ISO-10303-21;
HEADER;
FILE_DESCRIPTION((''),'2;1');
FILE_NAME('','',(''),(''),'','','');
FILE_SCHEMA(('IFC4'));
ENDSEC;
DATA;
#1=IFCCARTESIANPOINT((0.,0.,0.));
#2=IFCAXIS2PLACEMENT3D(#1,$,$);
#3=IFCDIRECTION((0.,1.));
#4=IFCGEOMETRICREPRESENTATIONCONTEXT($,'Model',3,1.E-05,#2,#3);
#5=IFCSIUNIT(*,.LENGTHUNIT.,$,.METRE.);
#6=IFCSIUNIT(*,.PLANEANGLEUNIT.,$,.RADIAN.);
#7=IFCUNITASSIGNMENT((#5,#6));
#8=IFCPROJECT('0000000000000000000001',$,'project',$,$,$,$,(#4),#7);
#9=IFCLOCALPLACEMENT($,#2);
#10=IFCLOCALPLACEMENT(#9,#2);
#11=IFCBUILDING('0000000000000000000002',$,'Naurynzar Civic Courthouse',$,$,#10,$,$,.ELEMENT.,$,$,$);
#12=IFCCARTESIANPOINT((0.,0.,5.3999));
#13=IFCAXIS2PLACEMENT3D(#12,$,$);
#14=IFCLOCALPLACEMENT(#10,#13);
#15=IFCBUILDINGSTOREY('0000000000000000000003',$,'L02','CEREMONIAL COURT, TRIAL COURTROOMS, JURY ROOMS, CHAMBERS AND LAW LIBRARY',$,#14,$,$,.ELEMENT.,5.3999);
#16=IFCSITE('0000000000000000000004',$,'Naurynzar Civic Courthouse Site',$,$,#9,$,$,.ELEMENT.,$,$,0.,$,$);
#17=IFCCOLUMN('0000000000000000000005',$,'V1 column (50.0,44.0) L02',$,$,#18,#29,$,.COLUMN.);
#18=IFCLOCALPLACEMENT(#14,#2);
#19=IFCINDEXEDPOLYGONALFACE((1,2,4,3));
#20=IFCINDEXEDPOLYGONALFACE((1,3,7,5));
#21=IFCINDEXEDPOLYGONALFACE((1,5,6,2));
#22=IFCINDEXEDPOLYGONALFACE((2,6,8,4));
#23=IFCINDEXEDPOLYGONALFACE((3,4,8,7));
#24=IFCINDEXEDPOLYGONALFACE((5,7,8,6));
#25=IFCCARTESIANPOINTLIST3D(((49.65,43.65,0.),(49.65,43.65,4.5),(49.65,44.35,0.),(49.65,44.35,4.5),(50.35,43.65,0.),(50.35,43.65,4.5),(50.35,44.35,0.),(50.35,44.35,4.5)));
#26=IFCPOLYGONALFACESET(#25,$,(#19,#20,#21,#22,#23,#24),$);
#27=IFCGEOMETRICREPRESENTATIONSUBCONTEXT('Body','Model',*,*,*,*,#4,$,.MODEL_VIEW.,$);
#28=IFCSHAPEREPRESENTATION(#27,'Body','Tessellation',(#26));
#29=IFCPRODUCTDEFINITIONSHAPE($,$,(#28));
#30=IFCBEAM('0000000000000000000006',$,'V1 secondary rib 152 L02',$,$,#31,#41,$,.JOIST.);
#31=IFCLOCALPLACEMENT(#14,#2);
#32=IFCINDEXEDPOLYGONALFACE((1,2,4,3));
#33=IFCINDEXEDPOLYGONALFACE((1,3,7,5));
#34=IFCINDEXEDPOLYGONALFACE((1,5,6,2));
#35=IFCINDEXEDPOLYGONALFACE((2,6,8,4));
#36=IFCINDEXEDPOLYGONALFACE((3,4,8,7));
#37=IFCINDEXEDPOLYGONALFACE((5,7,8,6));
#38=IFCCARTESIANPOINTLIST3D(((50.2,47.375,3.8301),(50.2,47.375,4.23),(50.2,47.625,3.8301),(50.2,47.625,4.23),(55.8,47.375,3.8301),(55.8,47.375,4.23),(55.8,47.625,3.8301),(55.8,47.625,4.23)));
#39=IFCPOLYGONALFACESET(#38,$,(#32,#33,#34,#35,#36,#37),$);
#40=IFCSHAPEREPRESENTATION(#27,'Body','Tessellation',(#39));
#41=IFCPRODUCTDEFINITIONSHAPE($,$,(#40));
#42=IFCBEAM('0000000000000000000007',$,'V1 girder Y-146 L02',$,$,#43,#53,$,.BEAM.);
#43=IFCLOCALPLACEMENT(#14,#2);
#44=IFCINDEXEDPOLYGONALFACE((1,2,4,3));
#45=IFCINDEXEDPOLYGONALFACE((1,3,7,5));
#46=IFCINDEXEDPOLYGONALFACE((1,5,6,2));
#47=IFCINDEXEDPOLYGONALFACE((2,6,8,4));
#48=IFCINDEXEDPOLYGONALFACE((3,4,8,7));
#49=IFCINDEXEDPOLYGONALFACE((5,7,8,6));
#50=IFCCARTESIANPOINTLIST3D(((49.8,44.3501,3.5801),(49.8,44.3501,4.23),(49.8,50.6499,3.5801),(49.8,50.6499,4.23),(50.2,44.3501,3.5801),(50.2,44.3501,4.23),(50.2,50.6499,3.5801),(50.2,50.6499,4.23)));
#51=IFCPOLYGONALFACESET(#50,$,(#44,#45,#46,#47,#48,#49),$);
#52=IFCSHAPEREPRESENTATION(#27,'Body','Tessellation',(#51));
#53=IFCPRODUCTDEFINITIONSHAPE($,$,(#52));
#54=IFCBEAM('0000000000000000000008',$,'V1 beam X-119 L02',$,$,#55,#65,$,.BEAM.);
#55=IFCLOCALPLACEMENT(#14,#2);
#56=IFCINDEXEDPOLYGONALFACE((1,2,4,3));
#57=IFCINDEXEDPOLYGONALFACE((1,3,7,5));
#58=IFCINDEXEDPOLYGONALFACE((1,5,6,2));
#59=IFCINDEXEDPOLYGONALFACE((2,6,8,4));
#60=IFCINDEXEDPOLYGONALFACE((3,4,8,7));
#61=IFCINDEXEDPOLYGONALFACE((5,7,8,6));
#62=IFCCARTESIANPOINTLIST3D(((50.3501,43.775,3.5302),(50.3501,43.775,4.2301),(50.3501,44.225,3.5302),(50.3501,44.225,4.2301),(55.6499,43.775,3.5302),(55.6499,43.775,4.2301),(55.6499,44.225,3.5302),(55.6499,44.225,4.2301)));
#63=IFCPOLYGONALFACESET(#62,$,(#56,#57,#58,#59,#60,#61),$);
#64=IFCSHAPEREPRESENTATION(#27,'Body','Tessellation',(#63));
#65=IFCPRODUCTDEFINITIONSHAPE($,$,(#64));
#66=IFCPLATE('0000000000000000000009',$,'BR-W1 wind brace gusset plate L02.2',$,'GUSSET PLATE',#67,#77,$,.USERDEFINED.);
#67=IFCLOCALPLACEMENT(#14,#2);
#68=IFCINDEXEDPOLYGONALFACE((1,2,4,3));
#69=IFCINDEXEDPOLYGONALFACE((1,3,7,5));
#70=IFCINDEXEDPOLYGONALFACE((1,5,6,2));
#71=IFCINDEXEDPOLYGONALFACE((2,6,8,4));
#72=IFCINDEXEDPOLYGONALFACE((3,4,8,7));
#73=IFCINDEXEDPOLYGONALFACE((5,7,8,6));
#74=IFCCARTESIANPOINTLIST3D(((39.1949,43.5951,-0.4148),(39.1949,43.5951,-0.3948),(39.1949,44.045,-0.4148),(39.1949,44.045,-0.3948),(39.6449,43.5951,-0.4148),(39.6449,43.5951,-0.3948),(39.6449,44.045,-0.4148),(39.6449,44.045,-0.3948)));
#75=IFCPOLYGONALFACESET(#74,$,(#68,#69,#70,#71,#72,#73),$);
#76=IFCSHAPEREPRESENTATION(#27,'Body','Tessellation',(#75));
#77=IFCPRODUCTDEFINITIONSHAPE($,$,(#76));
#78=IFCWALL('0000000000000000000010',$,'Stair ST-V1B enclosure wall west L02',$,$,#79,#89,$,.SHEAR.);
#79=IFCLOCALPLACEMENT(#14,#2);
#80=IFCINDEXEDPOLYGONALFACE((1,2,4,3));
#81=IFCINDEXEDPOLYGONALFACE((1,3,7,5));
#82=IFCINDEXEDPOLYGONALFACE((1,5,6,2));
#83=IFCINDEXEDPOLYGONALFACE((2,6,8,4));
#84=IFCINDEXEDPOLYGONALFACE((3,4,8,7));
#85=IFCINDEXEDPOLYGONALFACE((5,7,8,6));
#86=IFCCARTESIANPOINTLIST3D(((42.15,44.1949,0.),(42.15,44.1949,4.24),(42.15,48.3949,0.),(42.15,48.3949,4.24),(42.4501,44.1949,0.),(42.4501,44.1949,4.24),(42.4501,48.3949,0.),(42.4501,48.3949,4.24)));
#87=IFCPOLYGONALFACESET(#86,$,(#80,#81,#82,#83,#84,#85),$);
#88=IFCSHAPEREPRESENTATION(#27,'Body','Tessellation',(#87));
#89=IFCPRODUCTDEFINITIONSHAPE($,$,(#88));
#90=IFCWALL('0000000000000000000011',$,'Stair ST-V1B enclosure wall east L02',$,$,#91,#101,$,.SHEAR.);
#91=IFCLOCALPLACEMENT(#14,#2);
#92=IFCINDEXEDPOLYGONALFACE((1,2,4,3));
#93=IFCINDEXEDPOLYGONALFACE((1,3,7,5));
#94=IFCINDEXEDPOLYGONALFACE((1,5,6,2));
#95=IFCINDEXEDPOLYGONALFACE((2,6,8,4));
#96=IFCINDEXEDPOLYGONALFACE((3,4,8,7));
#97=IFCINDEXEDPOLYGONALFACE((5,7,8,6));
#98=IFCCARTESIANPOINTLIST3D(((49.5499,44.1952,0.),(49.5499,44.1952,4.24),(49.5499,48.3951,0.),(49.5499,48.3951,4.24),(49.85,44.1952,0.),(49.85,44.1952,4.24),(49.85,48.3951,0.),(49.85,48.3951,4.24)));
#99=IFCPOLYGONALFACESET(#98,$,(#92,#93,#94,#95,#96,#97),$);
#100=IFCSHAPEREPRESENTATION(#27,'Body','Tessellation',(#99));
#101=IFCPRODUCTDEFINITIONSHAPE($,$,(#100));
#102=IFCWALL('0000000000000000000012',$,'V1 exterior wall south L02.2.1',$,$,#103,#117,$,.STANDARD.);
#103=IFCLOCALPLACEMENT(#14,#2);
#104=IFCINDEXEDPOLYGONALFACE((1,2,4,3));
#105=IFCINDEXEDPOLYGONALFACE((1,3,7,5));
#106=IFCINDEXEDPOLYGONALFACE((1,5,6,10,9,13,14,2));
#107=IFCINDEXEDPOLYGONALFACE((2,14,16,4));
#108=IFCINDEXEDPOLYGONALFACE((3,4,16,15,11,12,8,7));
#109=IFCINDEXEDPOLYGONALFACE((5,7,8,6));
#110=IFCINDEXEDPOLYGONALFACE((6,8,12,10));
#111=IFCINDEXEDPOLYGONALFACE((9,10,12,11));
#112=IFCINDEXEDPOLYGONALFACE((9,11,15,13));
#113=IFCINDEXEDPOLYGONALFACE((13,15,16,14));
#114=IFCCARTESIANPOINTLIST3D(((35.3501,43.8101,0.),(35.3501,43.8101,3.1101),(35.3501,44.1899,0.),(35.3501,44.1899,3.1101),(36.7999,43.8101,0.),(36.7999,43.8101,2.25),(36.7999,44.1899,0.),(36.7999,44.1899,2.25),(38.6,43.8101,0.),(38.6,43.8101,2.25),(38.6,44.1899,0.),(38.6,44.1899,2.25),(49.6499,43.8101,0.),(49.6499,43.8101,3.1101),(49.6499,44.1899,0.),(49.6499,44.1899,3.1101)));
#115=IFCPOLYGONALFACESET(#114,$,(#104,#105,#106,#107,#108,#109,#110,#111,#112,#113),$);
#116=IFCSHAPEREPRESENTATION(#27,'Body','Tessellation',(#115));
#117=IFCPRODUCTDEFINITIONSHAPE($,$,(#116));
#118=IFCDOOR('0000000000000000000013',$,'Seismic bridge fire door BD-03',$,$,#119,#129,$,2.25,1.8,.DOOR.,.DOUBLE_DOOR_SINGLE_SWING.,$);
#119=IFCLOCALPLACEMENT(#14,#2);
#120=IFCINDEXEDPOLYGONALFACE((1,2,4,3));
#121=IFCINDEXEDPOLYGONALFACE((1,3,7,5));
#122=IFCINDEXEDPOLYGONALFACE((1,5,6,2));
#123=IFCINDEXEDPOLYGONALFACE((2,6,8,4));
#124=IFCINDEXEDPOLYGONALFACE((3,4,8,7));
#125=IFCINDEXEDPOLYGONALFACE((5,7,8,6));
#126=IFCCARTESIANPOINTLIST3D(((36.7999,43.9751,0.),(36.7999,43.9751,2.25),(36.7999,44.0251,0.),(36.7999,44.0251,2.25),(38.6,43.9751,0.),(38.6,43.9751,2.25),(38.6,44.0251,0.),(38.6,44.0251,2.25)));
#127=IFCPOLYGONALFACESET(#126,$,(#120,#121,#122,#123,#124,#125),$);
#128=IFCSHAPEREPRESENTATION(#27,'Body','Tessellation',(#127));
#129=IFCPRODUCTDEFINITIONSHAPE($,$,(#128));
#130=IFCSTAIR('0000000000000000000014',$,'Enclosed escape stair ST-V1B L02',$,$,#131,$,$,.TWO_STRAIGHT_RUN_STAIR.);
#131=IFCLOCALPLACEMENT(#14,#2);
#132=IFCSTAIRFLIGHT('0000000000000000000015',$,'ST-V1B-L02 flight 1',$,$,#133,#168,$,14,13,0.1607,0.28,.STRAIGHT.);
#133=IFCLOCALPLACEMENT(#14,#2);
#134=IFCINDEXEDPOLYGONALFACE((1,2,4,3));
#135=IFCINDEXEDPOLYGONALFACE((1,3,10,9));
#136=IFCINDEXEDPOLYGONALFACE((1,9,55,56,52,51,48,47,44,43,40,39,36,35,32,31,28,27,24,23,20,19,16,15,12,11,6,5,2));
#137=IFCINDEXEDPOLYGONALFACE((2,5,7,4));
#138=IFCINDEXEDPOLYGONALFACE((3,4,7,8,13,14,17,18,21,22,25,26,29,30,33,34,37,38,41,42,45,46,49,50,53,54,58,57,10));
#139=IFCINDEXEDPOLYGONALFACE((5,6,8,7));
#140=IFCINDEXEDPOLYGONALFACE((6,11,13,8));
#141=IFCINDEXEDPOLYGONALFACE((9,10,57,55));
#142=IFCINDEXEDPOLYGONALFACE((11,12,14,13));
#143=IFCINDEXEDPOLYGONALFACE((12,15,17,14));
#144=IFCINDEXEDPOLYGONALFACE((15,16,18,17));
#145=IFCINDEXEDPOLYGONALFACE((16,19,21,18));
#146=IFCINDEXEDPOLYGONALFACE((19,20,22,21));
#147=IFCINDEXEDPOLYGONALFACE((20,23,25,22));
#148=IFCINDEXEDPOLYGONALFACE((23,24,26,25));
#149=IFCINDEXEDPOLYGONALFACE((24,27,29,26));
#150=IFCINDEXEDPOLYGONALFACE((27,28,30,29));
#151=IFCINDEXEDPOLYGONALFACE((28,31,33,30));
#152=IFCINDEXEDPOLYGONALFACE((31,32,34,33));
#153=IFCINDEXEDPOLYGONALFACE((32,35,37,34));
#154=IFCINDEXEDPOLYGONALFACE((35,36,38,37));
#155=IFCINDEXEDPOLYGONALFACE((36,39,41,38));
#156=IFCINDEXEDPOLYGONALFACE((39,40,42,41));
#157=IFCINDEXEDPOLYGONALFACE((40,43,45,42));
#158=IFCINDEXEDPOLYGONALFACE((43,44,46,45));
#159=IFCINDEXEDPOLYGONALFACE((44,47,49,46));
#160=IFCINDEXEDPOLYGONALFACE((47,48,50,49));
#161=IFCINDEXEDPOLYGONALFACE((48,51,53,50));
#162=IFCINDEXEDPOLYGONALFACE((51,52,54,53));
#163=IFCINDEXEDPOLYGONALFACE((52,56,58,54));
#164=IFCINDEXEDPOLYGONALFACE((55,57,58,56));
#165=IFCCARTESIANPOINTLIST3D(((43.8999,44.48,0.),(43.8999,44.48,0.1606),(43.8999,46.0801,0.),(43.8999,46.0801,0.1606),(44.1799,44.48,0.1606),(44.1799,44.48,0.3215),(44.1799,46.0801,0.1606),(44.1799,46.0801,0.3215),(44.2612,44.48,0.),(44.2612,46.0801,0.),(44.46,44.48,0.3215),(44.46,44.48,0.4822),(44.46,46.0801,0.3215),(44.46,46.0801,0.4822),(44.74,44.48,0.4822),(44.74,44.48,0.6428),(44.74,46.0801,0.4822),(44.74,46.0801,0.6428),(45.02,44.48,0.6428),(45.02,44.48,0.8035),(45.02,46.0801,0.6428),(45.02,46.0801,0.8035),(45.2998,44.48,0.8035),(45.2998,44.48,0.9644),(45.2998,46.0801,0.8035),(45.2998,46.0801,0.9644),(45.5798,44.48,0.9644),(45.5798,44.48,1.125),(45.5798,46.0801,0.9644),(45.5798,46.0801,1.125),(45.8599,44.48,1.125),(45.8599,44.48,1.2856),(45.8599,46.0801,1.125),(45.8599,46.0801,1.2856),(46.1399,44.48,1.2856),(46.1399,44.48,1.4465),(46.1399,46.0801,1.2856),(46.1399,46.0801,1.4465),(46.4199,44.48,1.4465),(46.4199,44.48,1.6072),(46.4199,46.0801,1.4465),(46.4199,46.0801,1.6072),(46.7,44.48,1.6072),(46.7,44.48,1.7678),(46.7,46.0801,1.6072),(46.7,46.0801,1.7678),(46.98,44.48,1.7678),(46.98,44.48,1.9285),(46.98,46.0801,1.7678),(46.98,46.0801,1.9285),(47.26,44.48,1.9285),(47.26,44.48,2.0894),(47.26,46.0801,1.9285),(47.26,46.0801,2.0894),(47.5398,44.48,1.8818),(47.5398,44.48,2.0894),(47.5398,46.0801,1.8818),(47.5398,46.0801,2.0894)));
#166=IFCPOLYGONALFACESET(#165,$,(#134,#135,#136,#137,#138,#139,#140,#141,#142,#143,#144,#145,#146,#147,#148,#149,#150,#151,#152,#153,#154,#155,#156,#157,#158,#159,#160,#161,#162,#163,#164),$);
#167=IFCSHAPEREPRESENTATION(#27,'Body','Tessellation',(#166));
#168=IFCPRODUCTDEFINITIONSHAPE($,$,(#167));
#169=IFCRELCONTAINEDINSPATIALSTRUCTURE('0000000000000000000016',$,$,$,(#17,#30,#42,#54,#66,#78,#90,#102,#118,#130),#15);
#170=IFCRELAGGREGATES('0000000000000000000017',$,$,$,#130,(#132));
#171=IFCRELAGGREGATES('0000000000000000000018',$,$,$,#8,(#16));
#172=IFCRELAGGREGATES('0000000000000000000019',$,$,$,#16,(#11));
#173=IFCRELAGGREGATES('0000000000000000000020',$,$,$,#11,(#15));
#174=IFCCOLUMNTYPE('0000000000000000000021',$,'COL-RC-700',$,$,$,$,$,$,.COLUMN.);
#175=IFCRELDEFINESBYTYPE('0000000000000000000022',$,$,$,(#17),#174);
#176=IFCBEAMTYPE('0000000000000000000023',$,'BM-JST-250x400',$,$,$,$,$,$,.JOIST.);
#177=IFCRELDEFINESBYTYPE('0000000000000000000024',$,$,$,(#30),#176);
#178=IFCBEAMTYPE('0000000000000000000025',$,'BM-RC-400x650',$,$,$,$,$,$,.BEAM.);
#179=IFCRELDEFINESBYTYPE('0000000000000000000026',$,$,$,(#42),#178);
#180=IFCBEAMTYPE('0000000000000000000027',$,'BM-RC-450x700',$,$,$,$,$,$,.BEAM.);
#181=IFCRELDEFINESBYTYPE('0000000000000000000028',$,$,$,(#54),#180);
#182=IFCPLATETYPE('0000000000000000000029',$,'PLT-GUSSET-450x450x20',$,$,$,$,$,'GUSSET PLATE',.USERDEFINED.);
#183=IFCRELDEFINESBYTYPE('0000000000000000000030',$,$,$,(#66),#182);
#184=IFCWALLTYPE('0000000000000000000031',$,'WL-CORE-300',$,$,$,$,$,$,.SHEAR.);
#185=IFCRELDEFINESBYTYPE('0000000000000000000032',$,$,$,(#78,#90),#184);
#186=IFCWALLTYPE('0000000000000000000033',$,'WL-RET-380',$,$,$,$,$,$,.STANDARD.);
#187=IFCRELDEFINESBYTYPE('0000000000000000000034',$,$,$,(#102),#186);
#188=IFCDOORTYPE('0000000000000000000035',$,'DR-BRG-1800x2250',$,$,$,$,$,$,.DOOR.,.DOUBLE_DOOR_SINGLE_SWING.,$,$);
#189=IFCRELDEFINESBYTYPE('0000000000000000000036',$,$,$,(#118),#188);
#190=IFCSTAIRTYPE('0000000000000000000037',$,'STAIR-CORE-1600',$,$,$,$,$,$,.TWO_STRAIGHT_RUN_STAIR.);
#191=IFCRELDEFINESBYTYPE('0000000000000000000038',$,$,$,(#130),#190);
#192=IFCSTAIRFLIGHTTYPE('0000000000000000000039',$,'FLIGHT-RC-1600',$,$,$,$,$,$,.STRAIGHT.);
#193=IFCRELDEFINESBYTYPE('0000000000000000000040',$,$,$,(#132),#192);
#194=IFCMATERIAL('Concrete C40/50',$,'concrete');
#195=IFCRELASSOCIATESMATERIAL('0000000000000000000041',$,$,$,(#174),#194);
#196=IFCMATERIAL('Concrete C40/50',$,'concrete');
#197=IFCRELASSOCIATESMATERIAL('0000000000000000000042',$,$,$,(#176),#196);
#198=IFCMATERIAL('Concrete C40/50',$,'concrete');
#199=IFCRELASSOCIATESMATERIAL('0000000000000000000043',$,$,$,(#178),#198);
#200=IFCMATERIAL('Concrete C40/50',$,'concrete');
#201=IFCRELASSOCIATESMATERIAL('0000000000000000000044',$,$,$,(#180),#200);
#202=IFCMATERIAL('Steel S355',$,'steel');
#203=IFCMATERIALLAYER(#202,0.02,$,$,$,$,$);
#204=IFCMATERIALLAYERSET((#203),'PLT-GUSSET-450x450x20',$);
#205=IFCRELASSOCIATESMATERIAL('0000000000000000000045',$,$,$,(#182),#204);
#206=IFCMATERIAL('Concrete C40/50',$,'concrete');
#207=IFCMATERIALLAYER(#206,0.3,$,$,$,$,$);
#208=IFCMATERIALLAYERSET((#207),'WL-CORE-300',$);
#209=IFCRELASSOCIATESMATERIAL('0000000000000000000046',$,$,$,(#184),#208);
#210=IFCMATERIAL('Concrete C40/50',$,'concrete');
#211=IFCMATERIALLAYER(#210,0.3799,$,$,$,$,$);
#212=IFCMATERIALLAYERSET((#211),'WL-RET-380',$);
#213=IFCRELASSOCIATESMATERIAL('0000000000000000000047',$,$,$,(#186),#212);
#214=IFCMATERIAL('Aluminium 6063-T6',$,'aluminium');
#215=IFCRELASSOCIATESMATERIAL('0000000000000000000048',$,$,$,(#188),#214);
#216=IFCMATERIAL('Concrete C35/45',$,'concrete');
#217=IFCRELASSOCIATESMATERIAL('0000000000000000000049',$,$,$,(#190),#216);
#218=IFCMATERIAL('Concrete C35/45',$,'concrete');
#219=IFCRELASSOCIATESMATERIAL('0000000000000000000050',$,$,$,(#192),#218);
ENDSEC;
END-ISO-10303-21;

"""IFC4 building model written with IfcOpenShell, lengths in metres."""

from ifc_helpers import new_model, si_unit, direction, frame, frame_2d, origin, origin_2d, place, context, subcontext, project, spatial, polyline, rectangle, outline, extrude, material, layer, layer_set, material_profile, profile_set, type_object, element, fill, aggregate, save


model = new_model("IFC4")

# Units and contexts
model_context = context("Model", 3, precision=1e-05, world=origin(), true_north=direction((0.0, 1.0)))
body_context = subcontext(model_context, "Body", "Model", "MODEL_VIEW")
ifc_project = project(units=[si_unit("LENGTHUNIT", "METRE"), si_unit("PLANEANGLEUNIT", "RADIAN")], contexts=[model_context])

# Site, building, storey
site_placement = place(None, origin())
site = spatial("IfcSite", under=ifc_project, at=site_placement, Name="Naurynzar Civic Courthouse Site", CompositionType="ELEMENT", RefElevation=0.0)
building_placement = place(site_placement, origin())
building = spatial("IfcBuilding", under=site, at=building_placement, Name="Naurynzar Civic Courthouse", CompositionType="ELEMENT")
storey_placement = place(building_placement, frame((0.0, 0.0, 5.3999)))
storey = spatial("IfcBuildingStorey", under=building, at=storey_placement, Name="L02", Description="CEREMONIAL COURT, TRIAL COURTROOMS, JURY ROOMS, CHAMBERS AND LAW LIBRARY", CompositionType="ELEMENT", Elevation=5.3999)

# Column
ifc_material_1 = material(Name="Concrete C40/50", Category="concrete")
ifc_material_profile_1 = material_profile(ifc_material_1, rectangle(XDim=0.7, YDim=0.7, at=origin_2d()), Name="RC 700x700")
ifc_profile_set_1 = profile_set([ifc_material_profile_1], Name="Concrete C40/50")
column_type = type_object("IfcColumnType", Name="COL-RC-700", PredefinedType="COLUMN", material=ifc_profile_set_1)
column_placement = place(storey_placement, frame((50.0, 44.0, 0.0), z_axis=(0.0, 0.0, 1.0), x_axis=(1.0, 0.0, 0.0)))
element("IfcColumn", 1, at=column_placement, inside=storey, type_object=column_type, Name="V1 column (50.0,44.0) L02", PredefinedType="COLUMN", context=body_context, shape_type="SweptSolid", body=[
    extrude(rectangle(XDim=0.7, YDim=0.7, at=origin_2d()), origin(), (0.0, 0.0, 1.0), 4.5),
])

# Beams
ifc_material_2 = material(Name="Concrete C40/50", Category="concrete")
ifc_material_profile_2 = material_profile(ifc_material_2, rectangle(XDim=0.25, YDim=0.3999, at=origin_2d()), Name="RCB 250x400")
ifc_profile_set_2 = profile_set([ifc_material_profile_2], Name="Concrete C40/50")
beam_type_1 = type_object("IfcBeamType", Name="BM-JST-250x400", PredefinedType="JOIST", material=ifc_profile_set_2)
beam_1_placement = place(storey_placement, frame((50.2, 47.5, 4.03), z_axis=(1.0, 0.0, 0.0), x_axis=(0.0, 1.0, 0.0)))
element("IfcBeam", 2, at=beam_1_placement, inside=storey, type_object=beam_type_1, Name="V1 secondary rib 152 L02", PredefinedType="JOIST", context=body_context, shape_type="SweptSolid", body=[
    extrude(rectangle(XDim=0.25, YDim=0.3999, at=origin_2d()), origin(), (0.0, 0.0, 1.0), 5.6001),
])
ifc_material_3 = material(Name="Concrete C40/50", Category="concrete")
ifc_material_profile_3 = material_profile(ifc_material_3, rectangle(XDim=0.3999, YDim=0.6499, at=origin_2d()), Name="RCB 400x650")
ifc_profile_set_3 = profile_set([ifc_material_profile_3], Name="Concrete C40/50")
beam_type_2 = type_object("IfcBeamType", Name="BM-RC-400x650", PredefinedType="BEAM", material=ifc_profile_set_3)
beam_2_placement = place(storey_placement, frame((50.0, 44.3501, 3.905), z_axis=(0.0, 1.0, 0.0), x_axis=(-1.0, 0.0, 0.0)))
element("IfcBeam", 3, at=beam_2_placement, inside=storey, type_object=beam_type_2, Name="V1 girder Y-146 L02", PredefinedType="BEAM", context=body_context, shape_type="SweptSolid", body=[
    extrude(rectangle(XDim=0.3999, YDim=0.6499, at=origin_2d()), origin(), (0.0, 0.0, 1.0), 6.2998),
])
ifc_material_4 = material(Name="Concrete C40/50", Category="concrete")
ifc_material_profile_4 = material_profile(ifc_material_4, rectangle(XDim=0.45, YDim=0.7, at=origin_2d()), Name="RCB 450x700")
ifc_profile_set_4 = profile_set([ifc_material_profile_4], Name="Concrete C40/50")
beam_type_3 = type_object("IfcBeamType", Name="BM-RC-450x700", PredefinedType="BEAM", material=ifc_profile_set_4)
beam_3_placement = place(storey_placement, frame((50.3501, 44.0, 3.8801), z_axis=(1.0, 0.0, 0.0), x_axis=(0.0, 1.0, 0.0)))
element("IfcBeam", 4, at=beam_3_placement, inside=storey, type_object=beam_type_3, Name="V1 beam X-119 L02", PredefinedType="BEAM", context=body_context, shape_type="SweptSolid", body=[
    extrude(rectangle(XDim=0.45, YDim=0.7, at=origin_2d()), origin(), (0.0, 0.0, 1.0), 5.2998),
])

# Plate
ifc_material_5 = material(Name="Steel S355", Category="steel")
ifc_layer_1 = layer(ifc_material_5, 0.02)
ifc_layer_set_1 = layer_set([ifc_layer_1], Name="PLT-GUSSET-450x450x20")
plate_type = type_object("IfcPlateType", Name="PLT-GUSSET-450x450x20", ElementType="GUSSET PLATE", PredefinedType="USERDEFINED", material=ifc_layer_set_1)
plate_placement = place(storey_placement, frame((39.4199, 43.8201, -0.4148), z_axis=(0.0, 0.0, 1.0), x_axis=(1.0, 0.0, 0.0)))
element("IfcPlate", 5, at=plate_placement, inside=storey, type_object=plate_type, Name="BR-W1 wind brace gusset plate L02.2", ObjectType="GUSSET PLATE", PredefinedType="USERDEFINED", context=body_context, shape_type="SweptSolid", body=[
    extrude(rectangle(XDim=0.45, YDim=0.45, at=origin_2d()), origin(), (0.0, 0.0, 1.0), 0.02),
])

# Shared definitions
ifc_material_6 = material(Name="Concrete C40/50", Category="concrete")
ifc_layer_2 = layer(ifc_material_6, 0.3)
ifc_layer_set_2 = layer_set([ifc_layer_2], Name="WL-CORE-300")
wall_type_1 = type_object("IfcWallType", Name="WL-CORE-300", PredefinedType="SHEAR", material=ifc_layer_set_2)

# Walls
for number, where, z_axis, x_axis, name in (
    (6, (42.3, 48.395, 0.0), (0.0, 0.0, 1.0), (0.0, -1.0, 0.0), "Stair ST-V1B enclosure wall west L02"),
    (7, (49.7, 44.1951, 0.0), (0.0, 0.0, 1.0), (0.0, 1.0, 0.0), "Stair ST-V1B enclosure wall east L02"),
):
    element("IfcWall", number, at=place(storey_placement, frame(where, z_axis=z_axis, x_axis=x_axis)), inside=storey, type_object=wall_type_1, Name=name, PredefinedType="SHEAR", context=body_context, shape_type="SweptSolid", body=[
        extrude(rectangle(XDim=4.2, YDim=0.3, at=frame_2d((2.1001, 0.0))), origin(), (0.0, 0.0, 1.0), 4.24),
    ])

# Wall, opening, door
ifc_material_7 = material(Name="Concrete C40/50", Category="concrete")
ifc_layer_3 = layer(ifc_material_7, 0.3799)
ifc_layer_set_3 = layer_set([ifc_layer_3], Name="WL-RET-380")
wall_type_2 = type_object("IfcWallType", Name="WL-RET-380", PredefinedType="STANDARD", material=ifc_layer_set_3)
wall_1_placement = place(storey_placement, frame((49.6499, 44.0, 0.0), z_axis=(0.0, 0.0, 1.0), x_axis=(-1.0, 0.0, 0.0)))
wall_1 = element("IfcWall", 8, at=wall_1_placement, inside=storey, type_object=wall_type_2, Name="V1 exterior wall south L02.2.1", PredefinedType="STANDARD", context=body_context, shape_type="SweptSolid", body=[
    extrude(rectangle(XDim=14.2998, YDim=0.3799, at=frame_2d((7.1499, 0.0))), origin(), (0.0, 0.0, 1.0), 3.1101),
])
opening_1_placement = place(wall_1_placement, frame((11.05, 0.0, 0.0)))
opening_1 = element("IfcOpeningElement", 9, at=opening_1_placement, cuts=wall_1, PredefinedType="OPENING", context=body_context, shape_type="SweptSolid", body=[
    extrude(rectangle(XDim=1.8, YDim=2.25, at=frame_2d((0.8999, 1.125))), frame((0.0, 0.2, 0.0), z_axis=(0.0, -1.0, 0.0), x_axis=(1.0, 0.0, 0.0)), (0.0, 0.0, 1.0), 0.3999),
])
ifc_material_8 = material(Name="Aluminium 6063-T6", Category="aluminium")
door_type_1 = type_object("IfcDoorType", Name="DR-BRG-1800x2250", OperationType="DOUBLE_DOOR_SINGLE_SWING", PredefinedType="DOOR", material=ifc_material_8)
door_1_placement = place(opening_1_placement, origin())
door_1 = element("IfcDoor", 10, at=door_1_placement, inside=storey, type_object=door_type_1, Name="Seismic bridge fire door BD-03", OperationType="DOUBLE_DOOR_SINGLE_SWING", OverallHeight=2.25, OverallWidth=1.8, PredefinedType="DOOR", context=body_context, shape_type="SweptSolid", body=[
    extrude(rectangle(XDim=1.8, YDim=2.25, at=frame_2d((0.8999, 1.125))), frame((0.0, 0.0249, 0.0), z_axis=(0.0, -1.0, 0.0), x_axis=(1.0, 0.0, 0.0)), (0.0, 0.0, 1.0), 0.05),
])
fill(opening_1, door_1)

# Stair, stair flight
ifc_material_9 = material(Name="Concrete C35/45", Category="concrete")
stair_type = type_object("IfcStairType", Name="STAIR-CORE-1600", PredefinedType="TWO_STRAIGHT_RUN_STAIR", material=ifc_material_9)
stair_placement = place(storey_placement, origin())
stair = element("IfcStair", 11, at=stair_placement, inside=storey, type_object=stair_type, Name="Enclosed escape stair ST-V1B L02", PredefinedType="TWO_STRAIGHT_RUN_STAIR")
ifc_material_10 = material(Name="Concrete C35/45", Category="concrete")
stair_flight_type = type_object("IfcStairFlightType", Name="FLIGHT-RC-1600", PredefinedType="STRAIGHT", material=ifc_material_10)
stair_flight_1_placement = place(storey_placement, frame((43.8999, 45.28, 0.0), z_axis=(0.0, 0.0, 1.0), x_axis=(1.0, 0.0, 0.0)))
stair_flight_1 = element("IfcStairFlight", 12, at=stair_flight_1_placement, type_object=stair_flight_type, Name="ST-V1B-L02 flight 1", NumberOfRisers=14, NumberOfTreads=13, PredefinedType="STRAIGHT", RiserHeight=0.1607, TreadLength=0.28, context=body_context, shape_type="SweptSolid", body=[
    extrude(outline(polyline([(0.0, 0.0), (0.0, 0.1606), (0.28, 0.1606), (0.28, 0.3215), (0.5601, 0.3215), (0.5601, 0.4822), (0.8401, 0.4822), (0.8401, 0.6428), (1.1201, 0.6428), (1.1201, 0.8035), (1.3999, 0.8035), (1.3999, 0.9644), (1.6799, 0.9644), (1.6799, 1.125), (1.96, 1.125), (1.96, 1.2856), (2.24, 1.2856), (2.24, 1.4465), (2.52, 1.4465), (2.52, 1.6072), (2.8, 1.6072), (2.8, 1.7678), (3.0801, 1.7678), (3.0801, 1.9285), (3.3601, 1.9285), (3.3601, 2.0894), (3.6399, 2.0894), (3.6399, 2.25), (3.6399, 1.8818), (0.3613, 0.0), (0.0, 0.0)])), frame((0.0, 0.8, 0.0), z_axis=(0.0, -1.0, 0.0), x_axis=(1.0, 0.0, 0.0)), (0.0, 0.0, 1.0), 1.6001),
])
aggregate(stair, [stair_flight_1])

save(model, "model.ifc")
